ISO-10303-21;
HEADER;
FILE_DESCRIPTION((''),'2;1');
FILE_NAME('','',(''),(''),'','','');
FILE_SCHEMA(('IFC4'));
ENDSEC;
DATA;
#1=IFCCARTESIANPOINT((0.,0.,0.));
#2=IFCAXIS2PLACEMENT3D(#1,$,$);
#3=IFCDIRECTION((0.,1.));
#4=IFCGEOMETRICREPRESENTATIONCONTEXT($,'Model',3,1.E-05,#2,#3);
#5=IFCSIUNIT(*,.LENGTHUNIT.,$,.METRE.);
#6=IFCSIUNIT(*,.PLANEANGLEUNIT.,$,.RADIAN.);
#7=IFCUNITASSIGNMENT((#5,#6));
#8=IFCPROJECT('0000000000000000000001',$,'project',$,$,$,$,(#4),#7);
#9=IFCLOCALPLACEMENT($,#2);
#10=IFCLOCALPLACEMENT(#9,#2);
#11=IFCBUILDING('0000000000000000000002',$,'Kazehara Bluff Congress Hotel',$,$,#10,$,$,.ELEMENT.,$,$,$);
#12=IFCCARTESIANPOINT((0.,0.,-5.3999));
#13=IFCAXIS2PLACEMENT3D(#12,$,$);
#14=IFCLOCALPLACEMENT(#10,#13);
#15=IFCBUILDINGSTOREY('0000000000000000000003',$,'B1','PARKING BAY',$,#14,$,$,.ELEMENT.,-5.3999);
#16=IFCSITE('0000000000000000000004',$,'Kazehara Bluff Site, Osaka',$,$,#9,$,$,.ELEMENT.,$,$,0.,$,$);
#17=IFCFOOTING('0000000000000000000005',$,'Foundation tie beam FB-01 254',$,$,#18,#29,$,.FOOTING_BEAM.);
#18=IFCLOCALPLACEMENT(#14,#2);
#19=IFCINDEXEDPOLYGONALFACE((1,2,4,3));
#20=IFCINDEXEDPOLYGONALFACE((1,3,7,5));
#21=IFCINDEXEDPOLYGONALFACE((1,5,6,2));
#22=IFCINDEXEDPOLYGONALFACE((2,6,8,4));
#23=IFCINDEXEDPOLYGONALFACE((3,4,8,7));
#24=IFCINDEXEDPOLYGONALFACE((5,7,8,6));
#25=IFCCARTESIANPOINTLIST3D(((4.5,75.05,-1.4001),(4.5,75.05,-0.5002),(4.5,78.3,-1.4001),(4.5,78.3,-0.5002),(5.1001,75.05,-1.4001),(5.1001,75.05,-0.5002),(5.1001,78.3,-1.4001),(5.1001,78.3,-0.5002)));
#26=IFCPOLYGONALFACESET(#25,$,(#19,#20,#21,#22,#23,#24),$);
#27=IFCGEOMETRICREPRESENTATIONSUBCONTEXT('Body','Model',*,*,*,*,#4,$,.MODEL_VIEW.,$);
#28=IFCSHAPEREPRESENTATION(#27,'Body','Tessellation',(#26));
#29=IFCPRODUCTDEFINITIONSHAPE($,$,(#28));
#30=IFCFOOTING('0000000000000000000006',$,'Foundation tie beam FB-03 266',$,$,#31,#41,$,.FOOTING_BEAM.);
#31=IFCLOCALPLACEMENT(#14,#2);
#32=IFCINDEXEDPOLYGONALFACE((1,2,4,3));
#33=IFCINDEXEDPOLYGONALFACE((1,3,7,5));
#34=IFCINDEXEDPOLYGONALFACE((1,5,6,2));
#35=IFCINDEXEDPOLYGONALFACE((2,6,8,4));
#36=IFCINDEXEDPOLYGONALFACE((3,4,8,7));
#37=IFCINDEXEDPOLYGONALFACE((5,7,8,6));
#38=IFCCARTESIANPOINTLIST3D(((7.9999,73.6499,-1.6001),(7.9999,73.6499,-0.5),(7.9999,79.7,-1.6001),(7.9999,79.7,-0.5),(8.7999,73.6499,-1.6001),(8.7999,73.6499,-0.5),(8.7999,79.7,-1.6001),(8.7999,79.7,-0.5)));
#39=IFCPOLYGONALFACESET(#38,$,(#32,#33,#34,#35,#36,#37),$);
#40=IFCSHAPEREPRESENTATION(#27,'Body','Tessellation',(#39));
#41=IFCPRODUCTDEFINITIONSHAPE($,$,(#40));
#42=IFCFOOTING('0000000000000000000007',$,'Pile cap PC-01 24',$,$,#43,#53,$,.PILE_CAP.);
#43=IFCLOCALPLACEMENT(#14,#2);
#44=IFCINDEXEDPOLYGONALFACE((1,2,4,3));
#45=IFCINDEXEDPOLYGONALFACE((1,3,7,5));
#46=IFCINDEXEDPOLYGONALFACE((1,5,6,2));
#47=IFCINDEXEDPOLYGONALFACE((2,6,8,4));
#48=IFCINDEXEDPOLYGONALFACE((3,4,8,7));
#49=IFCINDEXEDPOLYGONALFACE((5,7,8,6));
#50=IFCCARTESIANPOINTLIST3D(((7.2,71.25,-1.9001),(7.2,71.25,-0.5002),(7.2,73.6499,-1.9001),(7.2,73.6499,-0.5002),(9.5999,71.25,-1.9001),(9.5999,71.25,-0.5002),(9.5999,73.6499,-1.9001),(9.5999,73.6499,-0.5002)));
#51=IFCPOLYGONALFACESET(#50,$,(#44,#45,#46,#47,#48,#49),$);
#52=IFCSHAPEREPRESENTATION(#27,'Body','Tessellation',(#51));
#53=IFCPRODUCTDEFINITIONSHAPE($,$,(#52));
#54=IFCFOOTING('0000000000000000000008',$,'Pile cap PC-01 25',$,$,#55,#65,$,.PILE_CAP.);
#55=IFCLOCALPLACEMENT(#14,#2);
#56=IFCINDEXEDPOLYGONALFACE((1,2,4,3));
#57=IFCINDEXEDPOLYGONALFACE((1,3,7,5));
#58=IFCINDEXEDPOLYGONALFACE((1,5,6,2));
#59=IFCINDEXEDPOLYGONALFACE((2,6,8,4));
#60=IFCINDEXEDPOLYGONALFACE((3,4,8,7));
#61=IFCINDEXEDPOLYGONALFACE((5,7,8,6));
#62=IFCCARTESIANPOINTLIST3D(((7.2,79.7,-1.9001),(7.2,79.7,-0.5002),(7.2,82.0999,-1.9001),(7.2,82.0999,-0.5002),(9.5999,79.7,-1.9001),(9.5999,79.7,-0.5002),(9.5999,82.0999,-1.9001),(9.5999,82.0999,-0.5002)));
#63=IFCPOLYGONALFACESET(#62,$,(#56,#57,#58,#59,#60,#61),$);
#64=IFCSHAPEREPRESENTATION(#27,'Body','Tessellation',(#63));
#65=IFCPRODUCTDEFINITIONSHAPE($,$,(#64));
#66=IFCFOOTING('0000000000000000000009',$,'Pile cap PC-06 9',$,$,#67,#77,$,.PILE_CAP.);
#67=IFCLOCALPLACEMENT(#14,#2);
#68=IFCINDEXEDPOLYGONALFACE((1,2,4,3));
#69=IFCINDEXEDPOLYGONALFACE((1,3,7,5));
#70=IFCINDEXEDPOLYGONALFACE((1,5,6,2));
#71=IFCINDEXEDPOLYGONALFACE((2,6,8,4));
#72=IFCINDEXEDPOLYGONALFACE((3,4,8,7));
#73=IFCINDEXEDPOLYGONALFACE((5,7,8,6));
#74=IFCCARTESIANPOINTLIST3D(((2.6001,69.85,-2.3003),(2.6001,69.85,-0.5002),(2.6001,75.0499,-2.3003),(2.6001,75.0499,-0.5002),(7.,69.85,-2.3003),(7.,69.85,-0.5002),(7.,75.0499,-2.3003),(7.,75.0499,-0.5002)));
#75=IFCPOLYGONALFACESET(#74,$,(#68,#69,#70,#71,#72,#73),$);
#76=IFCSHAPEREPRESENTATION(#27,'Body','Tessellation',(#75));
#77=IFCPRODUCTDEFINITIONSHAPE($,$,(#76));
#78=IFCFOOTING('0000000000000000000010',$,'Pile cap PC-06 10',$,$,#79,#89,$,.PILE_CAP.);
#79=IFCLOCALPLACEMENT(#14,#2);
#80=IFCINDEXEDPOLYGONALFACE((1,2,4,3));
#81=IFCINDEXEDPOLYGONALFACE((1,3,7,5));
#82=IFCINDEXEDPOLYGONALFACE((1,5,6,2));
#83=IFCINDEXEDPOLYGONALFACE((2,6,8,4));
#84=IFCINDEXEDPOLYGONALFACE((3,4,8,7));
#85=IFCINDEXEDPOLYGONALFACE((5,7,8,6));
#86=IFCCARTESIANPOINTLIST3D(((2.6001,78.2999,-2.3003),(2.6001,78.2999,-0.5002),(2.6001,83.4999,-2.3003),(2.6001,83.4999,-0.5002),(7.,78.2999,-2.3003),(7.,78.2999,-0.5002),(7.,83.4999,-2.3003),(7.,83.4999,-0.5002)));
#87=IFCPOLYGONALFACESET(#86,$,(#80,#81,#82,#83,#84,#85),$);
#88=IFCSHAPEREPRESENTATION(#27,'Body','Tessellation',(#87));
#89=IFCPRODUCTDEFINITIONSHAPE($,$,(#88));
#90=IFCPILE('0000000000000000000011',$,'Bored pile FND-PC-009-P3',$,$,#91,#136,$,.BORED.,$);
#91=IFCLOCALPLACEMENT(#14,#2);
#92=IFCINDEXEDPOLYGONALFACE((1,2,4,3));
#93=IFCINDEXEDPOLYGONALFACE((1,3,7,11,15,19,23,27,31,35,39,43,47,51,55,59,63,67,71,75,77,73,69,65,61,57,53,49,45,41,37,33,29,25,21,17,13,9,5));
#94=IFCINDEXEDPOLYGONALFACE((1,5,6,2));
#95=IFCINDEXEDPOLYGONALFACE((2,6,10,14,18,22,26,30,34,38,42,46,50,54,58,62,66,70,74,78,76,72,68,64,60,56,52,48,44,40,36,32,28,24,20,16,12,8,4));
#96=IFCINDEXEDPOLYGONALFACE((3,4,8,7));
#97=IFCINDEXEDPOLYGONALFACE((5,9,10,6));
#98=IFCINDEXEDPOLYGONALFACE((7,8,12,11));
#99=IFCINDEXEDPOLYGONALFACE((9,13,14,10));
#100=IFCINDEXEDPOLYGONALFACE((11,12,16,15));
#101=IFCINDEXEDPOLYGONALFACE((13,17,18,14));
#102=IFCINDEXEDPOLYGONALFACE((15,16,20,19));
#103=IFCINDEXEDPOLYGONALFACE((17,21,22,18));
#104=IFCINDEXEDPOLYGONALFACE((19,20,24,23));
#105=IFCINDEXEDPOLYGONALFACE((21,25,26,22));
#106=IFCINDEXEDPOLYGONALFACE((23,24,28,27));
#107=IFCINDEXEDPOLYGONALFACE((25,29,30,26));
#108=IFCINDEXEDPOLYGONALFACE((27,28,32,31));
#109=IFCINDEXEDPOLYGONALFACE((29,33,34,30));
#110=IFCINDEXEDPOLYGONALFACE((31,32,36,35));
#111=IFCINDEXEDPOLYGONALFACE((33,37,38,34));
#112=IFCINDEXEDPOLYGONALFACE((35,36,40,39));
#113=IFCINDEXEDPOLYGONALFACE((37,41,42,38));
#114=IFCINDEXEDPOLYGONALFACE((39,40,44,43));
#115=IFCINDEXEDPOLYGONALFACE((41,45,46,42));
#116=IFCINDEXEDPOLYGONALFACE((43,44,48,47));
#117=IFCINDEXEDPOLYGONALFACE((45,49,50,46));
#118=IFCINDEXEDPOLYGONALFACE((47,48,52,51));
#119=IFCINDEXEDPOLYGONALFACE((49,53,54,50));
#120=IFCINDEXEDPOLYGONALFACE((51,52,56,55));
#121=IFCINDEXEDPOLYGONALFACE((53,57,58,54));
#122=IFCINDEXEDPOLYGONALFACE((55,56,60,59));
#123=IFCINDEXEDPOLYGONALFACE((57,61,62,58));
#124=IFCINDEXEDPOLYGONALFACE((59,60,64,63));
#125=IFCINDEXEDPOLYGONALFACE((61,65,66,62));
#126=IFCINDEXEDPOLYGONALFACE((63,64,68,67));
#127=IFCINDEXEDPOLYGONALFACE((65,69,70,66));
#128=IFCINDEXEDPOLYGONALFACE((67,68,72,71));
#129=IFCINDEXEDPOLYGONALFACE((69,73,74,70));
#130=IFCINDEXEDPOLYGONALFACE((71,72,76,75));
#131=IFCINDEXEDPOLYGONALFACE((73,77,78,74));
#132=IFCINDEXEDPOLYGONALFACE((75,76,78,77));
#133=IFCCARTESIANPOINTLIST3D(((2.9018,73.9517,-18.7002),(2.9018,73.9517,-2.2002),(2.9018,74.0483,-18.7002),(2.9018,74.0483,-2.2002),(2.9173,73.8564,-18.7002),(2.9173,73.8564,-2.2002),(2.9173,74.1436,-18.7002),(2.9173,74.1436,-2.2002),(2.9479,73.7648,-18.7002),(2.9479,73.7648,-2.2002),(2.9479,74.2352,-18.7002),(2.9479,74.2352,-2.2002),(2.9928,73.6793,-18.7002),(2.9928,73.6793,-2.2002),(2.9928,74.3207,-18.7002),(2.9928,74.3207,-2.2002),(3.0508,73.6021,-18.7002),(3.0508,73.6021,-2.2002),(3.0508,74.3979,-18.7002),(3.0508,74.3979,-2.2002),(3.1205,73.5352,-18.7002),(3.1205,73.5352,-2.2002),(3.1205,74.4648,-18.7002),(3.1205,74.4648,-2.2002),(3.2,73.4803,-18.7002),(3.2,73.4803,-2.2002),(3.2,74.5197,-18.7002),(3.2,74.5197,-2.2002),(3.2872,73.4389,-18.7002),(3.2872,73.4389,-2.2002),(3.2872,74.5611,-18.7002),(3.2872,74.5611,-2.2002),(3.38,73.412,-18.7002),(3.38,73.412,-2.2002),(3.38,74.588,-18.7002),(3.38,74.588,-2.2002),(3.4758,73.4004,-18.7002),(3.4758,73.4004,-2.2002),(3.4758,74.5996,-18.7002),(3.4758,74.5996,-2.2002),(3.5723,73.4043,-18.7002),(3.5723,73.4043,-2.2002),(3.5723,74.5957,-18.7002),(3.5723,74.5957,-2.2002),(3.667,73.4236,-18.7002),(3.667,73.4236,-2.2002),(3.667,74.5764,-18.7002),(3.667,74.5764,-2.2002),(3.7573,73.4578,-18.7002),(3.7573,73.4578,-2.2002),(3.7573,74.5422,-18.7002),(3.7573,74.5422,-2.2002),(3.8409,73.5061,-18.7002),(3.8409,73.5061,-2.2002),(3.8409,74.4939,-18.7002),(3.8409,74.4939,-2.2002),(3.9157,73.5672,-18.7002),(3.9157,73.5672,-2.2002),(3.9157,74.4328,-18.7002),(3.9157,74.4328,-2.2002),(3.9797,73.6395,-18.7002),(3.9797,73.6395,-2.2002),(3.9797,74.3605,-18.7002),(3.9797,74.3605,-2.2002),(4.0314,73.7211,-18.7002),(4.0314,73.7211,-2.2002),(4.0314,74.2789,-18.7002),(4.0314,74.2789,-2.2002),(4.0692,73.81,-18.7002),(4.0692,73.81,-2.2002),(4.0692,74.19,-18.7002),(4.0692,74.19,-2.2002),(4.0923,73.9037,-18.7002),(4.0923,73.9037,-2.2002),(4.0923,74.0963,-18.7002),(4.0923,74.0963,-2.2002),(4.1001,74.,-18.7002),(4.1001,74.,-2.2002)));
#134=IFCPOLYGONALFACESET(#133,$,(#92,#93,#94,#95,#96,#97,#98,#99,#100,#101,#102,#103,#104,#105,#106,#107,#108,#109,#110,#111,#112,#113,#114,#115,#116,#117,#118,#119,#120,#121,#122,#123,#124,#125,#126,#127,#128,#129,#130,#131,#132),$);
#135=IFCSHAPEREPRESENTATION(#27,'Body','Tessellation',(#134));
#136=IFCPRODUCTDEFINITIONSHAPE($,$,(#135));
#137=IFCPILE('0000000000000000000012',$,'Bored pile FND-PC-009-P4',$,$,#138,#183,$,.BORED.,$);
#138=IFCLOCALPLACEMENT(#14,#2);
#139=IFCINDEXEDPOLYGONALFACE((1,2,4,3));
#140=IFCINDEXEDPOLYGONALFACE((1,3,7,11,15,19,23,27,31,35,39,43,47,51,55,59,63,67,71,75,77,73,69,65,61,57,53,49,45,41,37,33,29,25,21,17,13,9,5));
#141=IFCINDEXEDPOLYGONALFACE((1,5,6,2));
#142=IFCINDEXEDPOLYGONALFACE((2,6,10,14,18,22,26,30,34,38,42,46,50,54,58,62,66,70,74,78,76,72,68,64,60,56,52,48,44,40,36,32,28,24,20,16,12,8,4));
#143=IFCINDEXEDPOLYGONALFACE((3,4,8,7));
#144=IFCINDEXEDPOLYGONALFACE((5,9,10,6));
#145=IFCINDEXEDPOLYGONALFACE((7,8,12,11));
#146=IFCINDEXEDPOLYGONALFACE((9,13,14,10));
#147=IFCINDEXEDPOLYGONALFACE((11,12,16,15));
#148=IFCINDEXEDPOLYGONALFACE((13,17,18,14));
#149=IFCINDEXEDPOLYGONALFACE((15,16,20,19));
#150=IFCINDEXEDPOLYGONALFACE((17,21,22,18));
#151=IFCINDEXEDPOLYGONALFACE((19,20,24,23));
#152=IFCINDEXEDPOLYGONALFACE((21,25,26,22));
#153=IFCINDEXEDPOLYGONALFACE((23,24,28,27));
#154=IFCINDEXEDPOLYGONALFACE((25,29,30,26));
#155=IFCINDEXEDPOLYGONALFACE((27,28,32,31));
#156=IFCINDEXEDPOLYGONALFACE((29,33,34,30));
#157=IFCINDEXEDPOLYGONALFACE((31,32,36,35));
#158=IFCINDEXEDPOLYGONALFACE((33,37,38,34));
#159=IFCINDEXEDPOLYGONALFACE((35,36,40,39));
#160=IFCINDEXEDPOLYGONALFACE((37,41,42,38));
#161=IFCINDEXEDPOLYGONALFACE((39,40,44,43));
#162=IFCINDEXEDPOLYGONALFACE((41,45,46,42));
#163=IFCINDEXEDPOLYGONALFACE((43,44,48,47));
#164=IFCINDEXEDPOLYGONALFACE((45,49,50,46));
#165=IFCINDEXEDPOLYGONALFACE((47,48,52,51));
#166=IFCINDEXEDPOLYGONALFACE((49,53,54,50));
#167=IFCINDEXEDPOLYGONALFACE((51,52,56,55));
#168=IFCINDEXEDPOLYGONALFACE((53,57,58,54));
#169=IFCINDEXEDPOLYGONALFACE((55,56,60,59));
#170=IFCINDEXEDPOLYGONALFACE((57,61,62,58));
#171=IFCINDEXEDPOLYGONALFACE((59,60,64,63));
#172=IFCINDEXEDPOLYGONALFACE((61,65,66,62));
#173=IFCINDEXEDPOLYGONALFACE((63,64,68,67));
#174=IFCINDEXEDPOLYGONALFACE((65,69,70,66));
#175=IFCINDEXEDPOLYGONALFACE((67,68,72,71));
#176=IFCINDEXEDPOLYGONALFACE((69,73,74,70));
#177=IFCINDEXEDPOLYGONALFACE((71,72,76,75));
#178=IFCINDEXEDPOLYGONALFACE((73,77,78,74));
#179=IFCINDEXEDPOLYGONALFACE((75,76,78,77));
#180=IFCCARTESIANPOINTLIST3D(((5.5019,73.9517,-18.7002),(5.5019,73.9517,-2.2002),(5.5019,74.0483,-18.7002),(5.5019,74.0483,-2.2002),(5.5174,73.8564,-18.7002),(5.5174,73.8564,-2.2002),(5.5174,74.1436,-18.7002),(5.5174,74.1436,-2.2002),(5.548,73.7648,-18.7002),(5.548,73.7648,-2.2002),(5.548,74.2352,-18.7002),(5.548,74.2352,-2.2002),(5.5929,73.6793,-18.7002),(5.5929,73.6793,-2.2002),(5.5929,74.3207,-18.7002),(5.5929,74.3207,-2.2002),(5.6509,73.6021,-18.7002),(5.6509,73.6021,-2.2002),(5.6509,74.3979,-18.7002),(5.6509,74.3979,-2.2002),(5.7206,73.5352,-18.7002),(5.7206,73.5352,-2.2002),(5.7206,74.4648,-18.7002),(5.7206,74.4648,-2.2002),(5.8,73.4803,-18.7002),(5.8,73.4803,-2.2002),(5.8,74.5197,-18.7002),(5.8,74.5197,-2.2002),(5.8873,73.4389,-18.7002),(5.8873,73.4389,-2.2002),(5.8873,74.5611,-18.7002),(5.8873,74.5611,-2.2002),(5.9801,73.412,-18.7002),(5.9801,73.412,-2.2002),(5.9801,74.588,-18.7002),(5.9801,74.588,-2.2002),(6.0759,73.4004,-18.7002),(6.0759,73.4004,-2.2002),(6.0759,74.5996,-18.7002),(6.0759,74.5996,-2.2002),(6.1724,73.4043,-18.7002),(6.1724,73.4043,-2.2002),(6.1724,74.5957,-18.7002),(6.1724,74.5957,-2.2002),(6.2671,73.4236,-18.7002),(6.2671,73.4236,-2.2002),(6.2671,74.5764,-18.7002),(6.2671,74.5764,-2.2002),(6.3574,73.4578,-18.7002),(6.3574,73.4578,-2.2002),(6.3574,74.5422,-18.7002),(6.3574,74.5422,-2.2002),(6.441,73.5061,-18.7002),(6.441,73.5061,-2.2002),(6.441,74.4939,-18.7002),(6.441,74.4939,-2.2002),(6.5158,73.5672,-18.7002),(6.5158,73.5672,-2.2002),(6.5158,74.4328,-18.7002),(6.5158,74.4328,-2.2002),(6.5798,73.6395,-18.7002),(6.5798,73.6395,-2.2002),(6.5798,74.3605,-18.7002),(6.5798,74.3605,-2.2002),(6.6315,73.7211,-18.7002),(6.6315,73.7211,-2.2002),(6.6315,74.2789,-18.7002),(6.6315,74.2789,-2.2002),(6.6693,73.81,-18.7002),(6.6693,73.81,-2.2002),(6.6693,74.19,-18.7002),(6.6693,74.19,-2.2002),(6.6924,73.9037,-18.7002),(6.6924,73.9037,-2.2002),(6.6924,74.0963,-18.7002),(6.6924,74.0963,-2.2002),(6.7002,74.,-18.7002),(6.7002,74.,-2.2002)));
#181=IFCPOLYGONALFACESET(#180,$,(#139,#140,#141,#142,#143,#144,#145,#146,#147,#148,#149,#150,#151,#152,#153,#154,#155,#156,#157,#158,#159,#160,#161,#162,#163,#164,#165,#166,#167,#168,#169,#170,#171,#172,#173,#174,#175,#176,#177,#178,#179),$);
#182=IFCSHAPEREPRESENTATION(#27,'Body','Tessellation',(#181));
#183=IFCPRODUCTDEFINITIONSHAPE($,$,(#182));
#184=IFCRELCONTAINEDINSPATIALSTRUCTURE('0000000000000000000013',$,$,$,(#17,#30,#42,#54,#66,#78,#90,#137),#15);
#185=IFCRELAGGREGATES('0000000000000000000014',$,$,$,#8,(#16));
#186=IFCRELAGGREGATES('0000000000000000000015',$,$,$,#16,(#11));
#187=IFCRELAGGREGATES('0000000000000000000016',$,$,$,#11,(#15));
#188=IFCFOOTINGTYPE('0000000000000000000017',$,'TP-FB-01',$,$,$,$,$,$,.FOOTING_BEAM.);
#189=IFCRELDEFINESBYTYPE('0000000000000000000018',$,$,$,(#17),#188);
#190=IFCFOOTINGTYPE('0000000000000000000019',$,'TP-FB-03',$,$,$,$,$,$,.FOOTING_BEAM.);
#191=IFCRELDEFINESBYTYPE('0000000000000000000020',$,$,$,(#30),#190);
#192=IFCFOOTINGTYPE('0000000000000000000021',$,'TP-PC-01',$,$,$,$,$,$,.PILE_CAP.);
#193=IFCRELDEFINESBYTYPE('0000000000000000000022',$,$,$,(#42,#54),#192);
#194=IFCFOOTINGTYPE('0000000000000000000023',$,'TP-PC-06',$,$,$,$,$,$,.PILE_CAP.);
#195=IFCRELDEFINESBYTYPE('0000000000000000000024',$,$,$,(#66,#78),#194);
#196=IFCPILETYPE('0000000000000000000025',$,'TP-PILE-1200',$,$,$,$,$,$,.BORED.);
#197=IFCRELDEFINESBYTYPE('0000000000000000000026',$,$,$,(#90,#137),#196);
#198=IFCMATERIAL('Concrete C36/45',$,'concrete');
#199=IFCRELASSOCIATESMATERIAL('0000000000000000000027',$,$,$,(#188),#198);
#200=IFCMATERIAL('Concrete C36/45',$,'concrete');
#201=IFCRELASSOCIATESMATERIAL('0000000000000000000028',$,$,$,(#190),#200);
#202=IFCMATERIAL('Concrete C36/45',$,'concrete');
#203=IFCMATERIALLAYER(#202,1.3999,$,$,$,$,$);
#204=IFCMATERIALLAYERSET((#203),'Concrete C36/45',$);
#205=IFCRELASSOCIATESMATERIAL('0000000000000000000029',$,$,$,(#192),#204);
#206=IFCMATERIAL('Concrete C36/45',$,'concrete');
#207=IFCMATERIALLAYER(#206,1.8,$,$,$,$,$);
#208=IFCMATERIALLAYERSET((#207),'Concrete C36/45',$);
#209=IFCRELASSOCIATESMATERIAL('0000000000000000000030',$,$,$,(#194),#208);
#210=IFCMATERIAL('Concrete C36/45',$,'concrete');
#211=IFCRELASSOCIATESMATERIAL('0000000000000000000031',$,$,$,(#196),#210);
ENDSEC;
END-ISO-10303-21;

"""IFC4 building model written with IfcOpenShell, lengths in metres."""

from ifc_helpers import new_model, si_unit, direction, frame, origin, origin_2d, place, context, subcontext, project, spatial, rectangle, circle, extrude, material, layer, layer_set, material_profile, profile_set, type_object, element, save


model = new_model("IFC4")

# Units and contexts
model_context = context("Model", 3, precision=1e-05, world=origin(), true_north=direction((0.0, 1.0)))
body_context = subcontext(model_context, "Body", "Model", "MODEL_VIEW")
ifc_project = project(units=[si_unit("LENGTHUNIT", "METRE"), si_unit("PLANEANGLEUNIT", "RADIAN")], contexts=[model_context])

# Site, building, storey
site_placement = place(None, origin())
site = spatial("IfcSite", under=ifc_project, at=site_placement, Name="Kazehara Bluff Site, Osaka", CompositionType="ELEMENT", RefElevation=0.0)
building_placement = place(site_placement, origin())
building = spatial("IfcBuilding", under=site, at=building_placement, Name="Kazehara Bluff Congress Hotel", CompositionType="ELEMENT")
storey_placement = place(building_placement, frame((0.0, 0.0, -5.3999)))
storey = spatial("IfcBuildingStorey", under=building, at=storey_placement, Name="B1", Description="PARKING BAY", CompositionType="ELEMENT", Elevation=-5.3999)

# Footings
ifc_material_1 = material(Name="Concrete C36/45", Category="concrete")
ifc_material_profile_1 = material_profile(ifc_material_1, rectangle(XDim=0.6001, YDim=0.8999, at=origin_2d()))
ifc_profile_set_1 = profile_set([ifc_material_profile_1], Name="Concrete C36/45")
footing_type_1 = type_object("IfcFootingType", Name="TP-FB-01", PredefinedType="FOOTING_BEAM", material=ifc_profile_set_1)
footing_1_placement = place(storey_placement, frame((4.8, 75.05, -0.9502), z_axis=(0.0, 1.0, 0.0), x_axis=(-1.0, 0.0, 0.0)))
element("IfcFooting", 1, at=footing_1_placement, inside=storey, type_object=footing_type_1, Name="Foundation tie beam FB-01 254", PredefinedType="FOOTING_BEAM", context=body_context, shape_type="SweptSolid", body=[
    extrude(rectangle(XDim=0.6001, YDim=0.8999, at=origin_2d()), origin(), (0.0, 0.0, 1.0), 3.25),
])
ifc_material_2 = material(Name="Concrete C36/45", Category="concrete")
ifc_material_profile_2 = material_profile(ifc_material_2, rectangle(XDim=0.8, YDim=1.1001, at=origin_2d()))
ifc_profile_set_2 = profile_set([ifc_material_profile_2], Name="Concrete C36/45")
footing_type_2 = type_object("IfcFootingType", Name="TP-FB-03", PredefinedType="FOOTING_BEAM", material=ifc_profile_set_2)
footing_2_placement = place(storey_placement, frame((8.3999, 73.6499, -1.05), z_axis=(0.0, 1.0, 0.0), x_axis=(-1.0, 0.0, 0.0)))
element("IfcFooting", 2, at=footing_2_placement, inside=storey, type_object=footing_type_2, Name="Foundation tie beam FB-03 266", PredefinedType="FOOTING_BEAM", context=body_context, shape_type="SweptSolid", body=[
    extrude(rectangle(XDim=0.8, YDim=1.1001, at=origin_2d()), origin(), (0.0, 0.0, 1.0), 6.05),
])
ifc_material_3 = material(Name="Concrete C36/45", Category="concrete")
ifc_layer_1 = layer(ifc_material_3, 1.3999)
ifc_layer_set_1 = layer_set([ifc_layer_1], Name="Concrete C36/45")
footing_type_3 = type_object("IfcFootingType", Name="TP-PC-01", PredefinedType="PILE_CAP", material=ifc_layer_set_1)
for number, where, z_axis, x_axis, name in (
    (3, (8.3999, 72.45, -1.9001), (0.0, 0.0, 1.0), (1.0, 0.0, 0.0), "Pile cap PC-01 24"),
    (4, (8.3999, 80.8999, -1.9001), (0.0, 0.0, 1.0), (1.0, 0.0, 0.0), "Pile cap PC-01 25"),
):
    element("IfcFooting", number, at=place(storey_placement, frame(where, z_axis=z_axis, x_axis=x_axis)), inside=storey, type_object=footing_type_3, Name=name, PredefinedType="PILE_CAP", context=body_context, shape_type="SweptSolid", body=[
        extrude(rectangle(XDim=2.3999, YDim=2.3999, at=origin_2d()), origin(), (0.0, 0.0, 1.0), 1.3999),
    ])
ifc_material_4 = material(Name="Concrete C36/45", Category="concrete")
ifc_layer_2 = layer(ifc_material_4, 1.8)
ifc_layer_set_2 = layer_set([ifc_layer_2], Name="Concrete C36/45")
footing_type_4 = type_object("IfcFootingType", Name="TP-PC-06", PredefinedType="PILE_CAP", material=ifc_layer_set_2)
for number, where, z_axis, x_axis, name in (
    (5, (4.8, 72.45, -2.3003), (0.0, 0.0, 1.0), (1.0, 0.0, 0.0), "Pile cap PC-06 9"),
    (6, (4.8, 80.8999, -2.3003), (0.0, 0.0, 1.0), (1.0, 0.0, 0.0), "Pile cap PC-06 10"),
):
    element("IfcFooting", number, at=place(storey_placement, frame(where, z_axis=z_axis, x_axis=x_axis)), inside=storey, type_object=footing_type_4, Name=name, PredefinedType="PILE_CAP", context=body_context, shape_type="SweptSolid", body=[
        extrude(rectangle(XDim=4.3999, YDim=5.2, at=origin_2d()), origin(), (0.0, 0.0, 1.0), 1.8),
    ])

# Piles
ifc_material_5 = material(Name="Concrete C36/45", Category="concrete")
ifc_material_profile_3 = material_profile(ifc_material_5, circle(Radius=0.6001, at=origin_2d()))
ifc_profile_set_3 = profile_set([ifc_material_profile_3], Name="Concrete C36/45")
pile_type = type_object("IfcPileType", Name="TP-PILE-1200", PredefinedType="BORED", material=ifc_profile_set_3)
for number, where, z_axis, x_axis, name in (
    (7, (3.5, 74.0, -2.2002), (0.0, 0.0, -1.0), (1.0, 0.0, 0.0), "Bored pile FND-PC-009-P3"),
    (8, (6.1001, 74.0, -2.2002), (0.0, 0.0, -1.0), (1.0, 0.0, 0.0), "Bored pile FND-PC-009-P4"),
):
    element("IfcPile", number, at=place(storey_placement, frame(where, z_axis=z_axis, x_axis=x_axis)), inside=storey, type_object=pile_type, Name=name, PredefinedType="BORED", context=body_context, shape_type="SweptSolid", body=[
        extrude(circle(Radius=0.6001, at=origin_2d()), origin(), (0.0, 0.0, 1.0), 16.5),
    ])

save(model, "model.ifc")
